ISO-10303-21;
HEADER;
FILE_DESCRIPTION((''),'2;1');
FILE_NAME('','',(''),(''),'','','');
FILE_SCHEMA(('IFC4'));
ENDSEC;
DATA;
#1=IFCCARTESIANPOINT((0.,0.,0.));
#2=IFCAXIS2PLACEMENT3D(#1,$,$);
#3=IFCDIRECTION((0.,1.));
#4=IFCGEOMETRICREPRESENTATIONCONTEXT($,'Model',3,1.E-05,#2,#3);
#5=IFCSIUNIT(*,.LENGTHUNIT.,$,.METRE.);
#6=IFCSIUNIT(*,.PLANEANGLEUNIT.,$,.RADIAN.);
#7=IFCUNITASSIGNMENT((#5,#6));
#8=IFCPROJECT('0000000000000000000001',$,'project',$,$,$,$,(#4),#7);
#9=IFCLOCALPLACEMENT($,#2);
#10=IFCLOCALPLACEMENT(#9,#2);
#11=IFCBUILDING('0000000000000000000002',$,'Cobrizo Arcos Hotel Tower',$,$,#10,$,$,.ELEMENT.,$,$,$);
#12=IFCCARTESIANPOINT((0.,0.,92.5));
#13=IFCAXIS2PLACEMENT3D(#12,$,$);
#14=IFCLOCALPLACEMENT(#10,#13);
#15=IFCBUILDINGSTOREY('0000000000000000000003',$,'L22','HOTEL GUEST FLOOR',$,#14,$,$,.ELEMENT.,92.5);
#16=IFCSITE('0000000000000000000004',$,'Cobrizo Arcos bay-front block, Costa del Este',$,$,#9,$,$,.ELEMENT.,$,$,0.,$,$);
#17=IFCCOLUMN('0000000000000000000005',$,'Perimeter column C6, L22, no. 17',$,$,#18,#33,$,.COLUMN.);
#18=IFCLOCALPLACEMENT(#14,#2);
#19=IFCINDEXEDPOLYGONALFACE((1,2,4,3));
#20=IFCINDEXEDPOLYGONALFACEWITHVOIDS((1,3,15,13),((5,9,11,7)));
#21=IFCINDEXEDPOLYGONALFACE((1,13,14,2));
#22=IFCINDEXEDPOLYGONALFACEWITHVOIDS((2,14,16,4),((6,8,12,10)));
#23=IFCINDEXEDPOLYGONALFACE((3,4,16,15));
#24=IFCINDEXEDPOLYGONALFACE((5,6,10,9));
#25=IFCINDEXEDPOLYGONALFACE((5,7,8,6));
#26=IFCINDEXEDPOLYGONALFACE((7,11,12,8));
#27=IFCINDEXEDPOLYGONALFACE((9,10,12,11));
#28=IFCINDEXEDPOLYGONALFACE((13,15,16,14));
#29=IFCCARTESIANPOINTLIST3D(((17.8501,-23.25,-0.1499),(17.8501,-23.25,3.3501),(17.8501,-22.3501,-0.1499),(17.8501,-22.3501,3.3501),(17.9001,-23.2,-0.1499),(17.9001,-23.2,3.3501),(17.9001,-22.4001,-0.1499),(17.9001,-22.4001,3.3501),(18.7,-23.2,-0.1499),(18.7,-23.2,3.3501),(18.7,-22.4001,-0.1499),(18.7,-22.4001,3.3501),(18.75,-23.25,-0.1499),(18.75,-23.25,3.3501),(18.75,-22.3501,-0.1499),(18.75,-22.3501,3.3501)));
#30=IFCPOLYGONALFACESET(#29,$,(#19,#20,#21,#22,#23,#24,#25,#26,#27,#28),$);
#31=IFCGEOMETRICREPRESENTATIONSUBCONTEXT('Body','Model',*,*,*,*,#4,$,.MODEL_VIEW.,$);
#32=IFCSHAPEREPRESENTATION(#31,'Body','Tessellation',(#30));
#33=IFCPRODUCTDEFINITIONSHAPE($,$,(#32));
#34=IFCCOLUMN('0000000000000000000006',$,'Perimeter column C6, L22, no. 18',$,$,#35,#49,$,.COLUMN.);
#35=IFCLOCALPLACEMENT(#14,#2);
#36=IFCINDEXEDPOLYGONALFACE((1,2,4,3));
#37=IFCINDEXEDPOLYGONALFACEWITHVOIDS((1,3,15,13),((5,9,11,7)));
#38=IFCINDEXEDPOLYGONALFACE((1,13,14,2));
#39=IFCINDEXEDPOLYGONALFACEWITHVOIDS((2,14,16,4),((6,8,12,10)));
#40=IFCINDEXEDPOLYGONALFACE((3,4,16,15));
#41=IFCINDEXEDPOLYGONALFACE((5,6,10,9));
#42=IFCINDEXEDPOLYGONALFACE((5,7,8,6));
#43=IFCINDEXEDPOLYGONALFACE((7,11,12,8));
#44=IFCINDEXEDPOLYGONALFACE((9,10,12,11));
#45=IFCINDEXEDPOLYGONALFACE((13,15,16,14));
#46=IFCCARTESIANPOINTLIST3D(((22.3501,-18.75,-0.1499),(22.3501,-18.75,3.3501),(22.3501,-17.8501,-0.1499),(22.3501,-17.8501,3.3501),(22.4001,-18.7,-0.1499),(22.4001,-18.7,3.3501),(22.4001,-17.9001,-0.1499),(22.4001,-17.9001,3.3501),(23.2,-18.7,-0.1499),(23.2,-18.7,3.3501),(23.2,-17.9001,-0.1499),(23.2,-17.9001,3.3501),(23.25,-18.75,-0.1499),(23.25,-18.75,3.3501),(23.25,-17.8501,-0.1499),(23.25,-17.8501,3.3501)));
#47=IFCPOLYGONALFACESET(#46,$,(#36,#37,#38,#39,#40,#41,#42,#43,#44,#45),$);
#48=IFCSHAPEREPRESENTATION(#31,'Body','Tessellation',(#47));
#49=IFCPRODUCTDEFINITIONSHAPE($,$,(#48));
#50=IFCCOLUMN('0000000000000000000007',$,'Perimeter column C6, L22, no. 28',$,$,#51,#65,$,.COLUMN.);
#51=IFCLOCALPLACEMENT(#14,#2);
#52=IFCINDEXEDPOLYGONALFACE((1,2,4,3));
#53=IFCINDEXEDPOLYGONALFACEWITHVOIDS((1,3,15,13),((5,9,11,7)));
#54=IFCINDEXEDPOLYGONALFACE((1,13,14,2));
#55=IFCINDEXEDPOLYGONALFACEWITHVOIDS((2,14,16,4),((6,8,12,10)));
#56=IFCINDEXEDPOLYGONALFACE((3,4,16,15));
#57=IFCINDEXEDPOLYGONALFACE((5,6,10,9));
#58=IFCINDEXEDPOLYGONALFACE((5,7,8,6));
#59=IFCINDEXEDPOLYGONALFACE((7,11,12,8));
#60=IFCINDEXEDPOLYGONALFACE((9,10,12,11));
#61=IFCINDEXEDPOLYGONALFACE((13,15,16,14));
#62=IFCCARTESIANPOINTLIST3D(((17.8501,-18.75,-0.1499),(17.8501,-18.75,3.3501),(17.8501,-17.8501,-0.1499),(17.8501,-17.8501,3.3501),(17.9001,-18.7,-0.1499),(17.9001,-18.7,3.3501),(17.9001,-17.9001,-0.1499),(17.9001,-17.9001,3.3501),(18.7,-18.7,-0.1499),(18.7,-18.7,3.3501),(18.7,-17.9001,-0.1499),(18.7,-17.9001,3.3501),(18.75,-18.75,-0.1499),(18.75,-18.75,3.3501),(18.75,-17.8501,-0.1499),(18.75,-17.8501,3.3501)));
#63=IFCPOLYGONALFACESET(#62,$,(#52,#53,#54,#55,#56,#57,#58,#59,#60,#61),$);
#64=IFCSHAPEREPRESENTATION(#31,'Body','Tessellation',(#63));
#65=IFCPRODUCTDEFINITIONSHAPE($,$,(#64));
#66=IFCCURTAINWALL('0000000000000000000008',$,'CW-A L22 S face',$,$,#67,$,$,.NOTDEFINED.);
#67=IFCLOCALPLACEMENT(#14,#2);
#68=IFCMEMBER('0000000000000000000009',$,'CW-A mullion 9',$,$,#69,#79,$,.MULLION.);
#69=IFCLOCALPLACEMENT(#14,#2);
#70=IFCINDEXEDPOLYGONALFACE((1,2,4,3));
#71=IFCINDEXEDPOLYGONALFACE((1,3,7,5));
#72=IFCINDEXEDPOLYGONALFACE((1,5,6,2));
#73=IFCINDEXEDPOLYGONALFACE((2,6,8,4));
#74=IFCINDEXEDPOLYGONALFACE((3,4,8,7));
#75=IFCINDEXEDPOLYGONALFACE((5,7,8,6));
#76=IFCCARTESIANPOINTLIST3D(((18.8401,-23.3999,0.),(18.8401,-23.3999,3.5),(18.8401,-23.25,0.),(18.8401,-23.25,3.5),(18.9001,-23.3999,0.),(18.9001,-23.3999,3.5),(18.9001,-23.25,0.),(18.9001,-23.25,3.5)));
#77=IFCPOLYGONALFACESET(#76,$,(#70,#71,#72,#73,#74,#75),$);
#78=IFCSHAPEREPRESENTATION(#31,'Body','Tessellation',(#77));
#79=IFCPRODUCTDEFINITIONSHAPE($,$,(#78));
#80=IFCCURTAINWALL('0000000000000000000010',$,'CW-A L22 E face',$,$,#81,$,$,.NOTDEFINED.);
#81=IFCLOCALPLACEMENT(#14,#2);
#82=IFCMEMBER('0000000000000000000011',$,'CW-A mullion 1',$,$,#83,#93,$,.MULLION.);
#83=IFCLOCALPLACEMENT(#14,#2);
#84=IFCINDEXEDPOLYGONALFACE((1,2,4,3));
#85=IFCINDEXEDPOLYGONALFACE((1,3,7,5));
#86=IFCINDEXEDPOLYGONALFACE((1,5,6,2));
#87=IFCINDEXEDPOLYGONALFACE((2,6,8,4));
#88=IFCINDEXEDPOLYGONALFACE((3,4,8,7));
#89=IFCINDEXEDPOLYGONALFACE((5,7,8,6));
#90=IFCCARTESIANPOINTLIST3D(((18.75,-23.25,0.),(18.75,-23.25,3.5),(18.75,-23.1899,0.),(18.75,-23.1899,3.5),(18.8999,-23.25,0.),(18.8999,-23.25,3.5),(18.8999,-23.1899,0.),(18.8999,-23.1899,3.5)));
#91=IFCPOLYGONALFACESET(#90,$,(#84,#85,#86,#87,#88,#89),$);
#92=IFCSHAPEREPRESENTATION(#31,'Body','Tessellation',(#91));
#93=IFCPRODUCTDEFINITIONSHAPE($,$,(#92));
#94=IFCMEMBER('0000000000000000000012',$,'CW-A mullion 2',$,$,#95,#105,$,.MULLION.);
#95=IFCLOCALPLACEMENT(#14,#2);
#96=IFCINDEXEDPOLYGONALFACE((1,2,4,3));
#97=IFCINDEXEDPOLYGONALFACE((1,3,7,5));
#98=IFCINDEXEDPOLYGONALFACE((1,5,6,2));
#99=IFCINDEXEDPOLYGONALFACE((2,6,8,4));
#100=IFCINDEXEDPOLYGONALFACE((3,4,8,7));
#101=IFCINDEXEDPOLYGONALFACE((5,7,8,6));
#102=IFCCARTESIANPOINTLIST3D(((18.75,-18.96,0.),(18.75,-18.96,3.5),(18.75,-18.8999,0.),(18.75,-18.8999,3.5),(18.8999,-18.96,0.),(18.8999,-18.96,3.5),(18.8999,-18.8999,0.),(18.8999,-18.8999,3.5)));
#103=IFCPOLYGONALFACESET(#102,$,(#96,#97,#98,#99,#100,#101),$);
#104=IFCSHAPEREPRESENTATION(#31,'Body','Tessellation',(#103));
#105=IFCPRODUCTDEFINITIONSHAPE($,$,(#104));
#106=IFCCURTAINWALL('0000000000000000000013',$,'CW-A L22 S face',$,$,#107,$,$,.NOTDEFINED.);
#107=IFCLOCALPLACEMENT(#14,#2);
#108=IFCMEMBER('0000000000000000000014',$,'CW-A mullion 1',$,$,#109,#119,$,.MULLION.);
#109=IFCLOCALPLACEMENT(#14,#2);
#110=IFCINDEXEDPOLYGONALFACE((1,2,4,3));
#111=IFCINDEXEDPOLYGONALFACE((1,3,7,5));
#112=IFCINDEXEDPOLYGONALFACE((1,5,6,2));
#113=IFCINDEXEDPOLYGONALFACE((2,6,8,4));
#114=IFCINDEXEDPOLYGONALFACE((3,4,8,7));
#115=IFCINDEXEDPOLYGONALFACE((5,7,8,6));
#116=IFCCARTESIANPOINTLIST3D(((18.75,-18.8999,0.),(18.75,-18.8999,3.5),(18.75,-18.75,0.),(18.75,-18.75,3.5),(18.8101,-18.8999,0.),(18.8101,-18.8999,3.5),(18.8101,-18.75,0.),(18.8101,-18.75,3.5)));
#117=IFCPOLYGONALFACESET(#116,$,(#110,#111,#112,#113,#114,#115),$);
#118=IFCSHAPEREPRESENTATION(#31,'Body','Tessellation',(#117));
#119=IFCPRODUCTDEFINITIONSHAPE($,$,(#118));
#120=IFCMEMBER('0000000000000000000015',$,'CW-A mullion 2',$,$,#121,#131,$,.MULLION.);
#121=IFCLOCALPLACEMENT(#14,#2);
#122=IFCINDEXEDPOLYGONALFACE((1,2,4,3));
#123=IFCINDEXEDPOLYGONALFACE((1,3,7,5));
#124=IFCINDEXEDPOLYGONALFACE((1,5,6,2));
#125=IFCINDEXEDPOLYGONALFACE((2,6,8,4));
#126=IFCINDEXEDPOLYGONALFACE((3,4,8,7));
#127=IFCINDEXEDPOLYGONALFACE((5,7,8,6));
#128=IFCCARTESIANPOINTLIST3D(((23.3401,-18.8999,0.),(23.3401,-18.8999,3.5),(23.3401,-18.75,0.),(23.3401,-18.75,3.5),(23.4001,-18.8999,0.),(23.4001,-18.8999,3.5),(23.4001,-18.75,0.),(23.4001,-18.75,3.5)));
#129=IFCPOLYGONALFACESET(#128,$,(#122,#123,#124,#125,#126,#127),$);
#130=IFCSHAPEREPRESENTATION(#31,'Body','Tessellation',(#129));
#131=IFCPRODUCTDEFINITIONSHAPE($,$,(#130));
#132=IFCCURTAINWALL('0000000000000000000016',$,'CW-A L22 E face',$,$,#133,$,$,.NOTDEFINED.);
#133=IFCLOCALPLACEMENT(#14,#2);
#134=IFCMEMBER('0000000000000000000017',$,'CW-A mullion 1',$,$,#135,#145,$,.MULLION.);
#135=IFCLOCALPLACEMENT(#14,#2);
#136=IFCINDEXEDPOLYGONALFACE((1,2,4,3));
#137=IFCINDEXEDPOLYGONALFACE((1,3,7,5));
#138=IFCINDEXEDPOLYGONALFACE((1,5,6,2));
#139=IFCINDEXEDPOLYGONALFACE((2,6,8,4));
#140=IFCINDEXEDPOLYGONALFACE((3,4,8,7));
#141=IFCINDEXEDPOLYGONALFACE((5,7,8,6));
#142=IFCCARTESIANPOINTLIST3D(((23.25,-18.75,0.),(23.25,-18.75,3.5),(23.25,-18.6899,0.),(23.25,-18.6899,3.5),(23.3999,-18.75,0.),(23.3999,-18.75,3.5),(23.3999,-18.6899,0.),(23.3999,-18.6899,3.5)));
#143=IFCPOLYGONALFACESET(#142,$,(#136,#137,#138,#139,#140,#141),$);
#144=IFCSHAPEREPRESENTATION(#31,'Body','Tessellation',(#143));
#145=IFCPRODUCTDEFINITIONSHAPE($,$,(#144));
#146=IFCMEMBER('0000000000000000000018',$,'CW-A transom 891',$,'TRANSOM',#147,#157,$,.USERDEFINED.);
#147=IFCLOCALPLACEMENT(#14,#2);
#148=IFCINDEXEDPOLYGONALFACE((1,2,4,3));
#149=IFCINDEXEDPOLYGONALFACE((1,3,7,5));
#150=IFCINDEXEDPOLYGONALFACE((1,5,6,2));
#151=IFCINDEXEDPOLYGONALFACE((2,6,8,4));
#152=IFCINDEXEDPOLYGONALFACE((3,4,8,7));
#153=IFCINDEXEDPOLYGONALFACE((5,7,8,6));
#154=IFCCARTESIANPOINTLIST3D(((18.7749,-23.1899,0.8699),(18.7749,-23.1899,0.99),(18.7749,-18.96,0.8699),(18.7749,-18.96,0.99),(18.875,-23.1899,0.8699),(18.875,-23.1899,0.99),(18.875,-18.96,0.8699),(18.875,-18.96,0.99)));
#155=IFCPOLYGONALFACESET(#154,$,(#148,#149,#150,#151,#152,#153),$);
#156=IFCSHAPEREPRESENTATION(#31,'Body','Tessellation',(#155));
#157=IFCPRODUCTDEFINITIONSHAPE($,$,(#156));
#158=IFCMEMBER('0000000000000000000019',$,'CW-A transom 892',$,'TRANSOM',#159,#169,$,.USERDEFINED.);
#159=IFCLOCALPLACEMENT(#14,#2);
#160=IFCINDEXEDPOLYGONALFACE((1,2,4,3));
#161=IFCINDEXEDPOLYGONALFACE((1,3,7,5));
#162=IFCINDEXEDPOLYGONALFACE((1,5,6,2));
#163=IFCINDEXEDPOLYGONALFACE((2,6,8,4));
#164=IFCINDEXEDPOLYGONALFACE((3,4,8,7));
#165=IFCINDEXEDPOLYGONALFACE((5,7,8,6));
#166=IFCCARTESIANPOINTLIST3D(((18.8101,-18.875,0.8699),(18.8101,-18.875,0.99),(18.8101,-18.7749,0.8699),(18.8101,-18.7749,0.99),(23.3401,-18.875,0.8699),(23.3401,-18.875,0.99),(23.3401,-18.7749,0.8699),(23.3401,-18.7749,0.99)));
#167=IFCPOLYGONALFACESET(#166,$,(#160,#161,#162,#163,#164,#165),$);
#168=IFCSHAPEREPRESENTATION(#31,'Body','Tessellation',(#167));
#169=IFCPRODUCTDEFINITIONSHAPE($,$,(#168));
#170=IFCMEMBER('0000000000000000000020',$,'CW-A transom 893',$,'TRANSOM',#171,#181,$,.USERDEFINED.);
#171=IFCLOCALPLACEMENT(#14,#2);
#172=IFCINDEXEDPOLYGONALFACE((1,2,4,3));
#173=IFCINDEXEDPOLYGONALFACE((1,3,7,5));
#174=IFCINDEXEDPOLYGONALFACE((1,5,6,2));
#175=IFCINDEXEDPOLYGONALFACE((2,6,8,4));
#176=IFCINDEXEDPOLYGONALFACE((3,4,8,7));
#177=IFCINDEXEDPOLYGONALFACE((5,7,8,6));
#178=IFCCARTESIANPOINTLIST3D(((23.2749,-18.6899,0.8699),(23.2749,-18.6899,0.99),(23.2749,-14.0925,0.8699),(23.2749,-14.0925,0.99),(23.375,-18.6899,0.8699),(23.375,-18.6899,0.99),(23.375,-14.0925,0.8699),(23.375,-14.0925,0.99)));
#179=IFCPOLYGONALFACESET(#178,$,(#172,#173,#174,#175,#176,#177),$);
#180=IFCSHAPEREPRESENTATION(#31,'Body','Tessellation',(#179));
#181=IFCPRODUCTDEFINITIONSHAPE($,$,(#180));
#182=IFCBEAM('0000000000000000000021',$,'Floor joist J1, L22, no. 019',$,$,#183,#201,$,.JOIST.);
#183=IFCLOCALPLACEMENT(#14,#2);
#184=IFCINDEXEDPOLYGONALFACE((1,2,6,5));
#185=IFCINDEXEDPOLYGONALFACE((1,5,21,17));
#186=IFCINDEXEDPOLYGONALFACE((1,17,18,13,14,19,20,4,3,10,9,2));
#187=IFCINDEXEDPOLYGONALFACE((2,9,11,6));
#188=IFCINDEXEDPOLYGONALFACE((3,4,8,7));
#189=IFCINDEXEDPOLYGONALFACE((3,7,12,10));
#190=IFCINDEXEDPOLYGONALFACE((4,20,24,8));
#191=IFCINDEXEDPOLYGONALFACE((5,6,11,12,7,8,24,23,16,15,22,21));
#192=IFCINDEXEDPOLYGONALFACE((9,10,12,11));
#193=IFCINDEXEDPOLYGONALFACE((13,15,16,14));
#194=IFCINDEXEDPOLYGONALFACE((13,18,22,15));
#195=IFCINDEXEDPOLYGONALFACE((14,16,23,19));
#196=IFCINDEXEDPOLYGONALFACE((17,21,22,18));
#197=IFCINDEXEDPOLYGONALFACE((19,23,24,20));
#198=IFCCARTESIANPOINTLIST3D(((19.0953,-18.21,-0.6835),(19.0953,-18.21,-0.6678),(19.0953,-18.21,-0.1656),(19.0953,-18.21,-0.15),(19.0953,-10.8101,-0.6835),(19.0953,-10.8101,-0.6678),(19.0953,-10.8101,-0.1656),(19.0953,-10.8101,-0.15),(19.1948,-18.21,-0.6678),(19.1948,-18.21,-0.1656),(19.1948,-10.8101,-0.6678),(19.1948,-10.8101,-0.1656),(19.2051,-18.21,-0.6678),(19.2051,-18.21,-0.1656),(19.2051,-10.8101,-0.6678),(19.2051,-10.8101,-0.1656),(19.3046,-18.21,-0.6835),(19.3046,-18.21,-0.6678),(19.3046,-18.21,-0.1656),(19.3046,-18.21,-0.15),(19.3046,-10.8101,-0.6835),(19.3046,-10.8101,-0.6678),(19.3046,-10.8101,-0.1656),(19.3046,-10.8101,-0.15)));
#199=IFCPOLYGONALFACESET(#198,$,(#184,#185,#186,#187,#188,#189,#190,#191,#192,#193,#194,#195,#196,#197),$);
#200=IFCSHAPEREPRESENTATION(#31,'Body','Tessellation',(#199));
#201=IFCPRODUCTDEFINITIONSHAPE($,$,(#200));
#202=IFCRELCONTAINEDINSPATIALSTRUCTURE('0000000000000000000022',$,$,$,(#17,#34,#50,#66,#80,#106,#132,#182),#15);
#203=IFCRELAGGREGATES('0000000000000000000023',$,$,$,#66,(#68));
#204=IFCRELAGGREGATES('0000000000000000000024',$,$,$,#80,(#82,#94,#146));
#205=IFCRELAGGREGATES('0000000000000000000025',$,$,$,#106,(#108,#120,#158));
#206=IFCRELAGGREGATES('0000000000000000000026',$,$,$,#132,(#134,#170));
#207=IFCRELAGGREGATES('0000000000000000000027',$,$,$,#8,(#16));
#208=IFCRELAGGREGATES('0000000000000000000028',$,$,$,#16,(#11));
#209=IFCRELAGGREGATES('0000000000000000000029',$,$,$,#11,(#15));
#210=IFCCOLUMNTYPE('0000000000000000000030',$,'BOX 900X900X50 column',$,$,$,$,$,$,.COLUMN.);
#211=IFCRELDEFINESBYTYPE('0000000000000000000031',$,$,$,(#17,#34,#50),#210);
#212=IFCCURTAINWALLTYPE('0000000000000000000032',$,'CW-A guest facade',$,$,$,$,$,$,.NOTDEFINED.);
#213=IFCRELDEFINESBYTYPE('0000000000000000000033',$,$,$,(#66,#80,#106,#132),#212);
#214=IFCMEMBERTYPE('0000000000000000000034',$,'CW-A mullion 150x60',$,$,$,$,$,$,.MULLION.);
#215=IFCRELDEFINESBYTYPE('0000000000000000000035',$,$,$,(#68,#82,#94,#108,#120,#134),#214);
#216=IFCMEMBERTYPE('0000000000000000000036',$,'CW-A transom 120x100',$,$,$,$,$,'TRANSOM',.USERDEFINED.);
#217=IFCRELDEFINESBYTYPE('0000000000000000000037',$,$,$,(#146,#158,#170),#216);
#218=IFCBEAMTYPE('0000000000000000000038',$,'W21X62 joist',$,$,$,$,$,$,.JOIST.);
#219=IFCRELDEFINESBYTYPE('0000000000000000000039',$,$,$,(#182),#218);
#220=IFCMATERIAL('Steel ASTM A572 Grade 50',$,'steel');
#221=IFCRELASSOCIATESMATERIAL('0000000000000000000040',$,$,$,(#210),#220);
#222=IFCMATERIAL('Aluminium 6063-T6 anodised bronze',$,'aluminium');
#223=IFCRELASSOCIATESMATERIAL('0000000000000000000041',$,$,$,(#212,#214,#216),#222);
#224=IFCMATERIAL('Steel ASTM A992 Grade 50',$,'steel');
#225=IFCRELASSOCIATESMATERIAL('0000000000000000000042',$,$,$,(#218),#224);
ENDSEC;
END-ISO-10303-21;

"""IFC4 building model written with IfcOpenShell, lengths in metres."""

from ifc_helpers import new_model, si_unit, direction, frame, origin, origin_2d, place, context, subcontext, project, spatial, rectangle, hollow_rectangle, i_section, extrude, material, material_profile, profile_set, type_object, element, aggregate, save


model = new_model("IFC4")

# Units and contexts
model_context = context("Model", 3, precision=1e-05, world=origin(), true_north=direction((0.0, 1.0)))
body_context = subcontext(model_context, "Body", "Model", "MODEL_VIEW")
ifc_project = project(units=[si_unit("LENGTHUNIT", "METRE"), si_unit("PLANEANGLEUNIT", "RADIAN")], contexts=[model_context])

# Site, building, storey
site_placement = place(None, origin())
site = spatial("IfcSite", under=ifc_project, at=site_placement, Name="Cobrizo Arcos bay-front block, Costa del Este", CompositionType="ELEMENT", RefElevation=0.0)
building_placement = place(site_placement, origin())
building = spatial("IfcBuilding", under=site, at=building_placement, Name="Cobrizo Arcos Hotel Tower", CompositionType="ELEMENT")
storey_placement = place(building_placement, frame((0.0, 0.0, 92.5)))
storey = spatial("IfcBuildingStorey", under=building, at=storey_placement, Name="L22", Description="HOTEL GUEST FLOOR", CompositionType="ELEMENT", Elevation=92.5)

# Columns
ifc_material_1 = material(Name="Steel ASTM A572 Grade 50", Category="steel")
ifc_material_profile_1 = material_profile(ifc_material_1, hollow_rectangle(XDim=0.8999, YDim=0.8999, WallThickness=0.05, at=origin_2d()), Name="BOX 900X900X50")
ifc_profile_set_1 = profile_set([ifc_material_profile_1], Name="Steel ASTM A572 Grade 50")
column_type = type_object("IfcColumnType", Name="BOX 900X900X50 column", PredefinedType="COLUMN", material=ifc_profile_set_1)
for number, where, z_axis, x_axis, name in (
    (1, (18.3, -22.8, -0.1499), (0.0, 0.0, 1.0), (1.0, 0.0, 0.0), "Perimeter column C6, L22, no. 17"),
    (2, (22.8, -18.3, -0.1499), (0.0, 0.0, 1.0), (1.0, 0.0, 0.0), "Perimeter column C6, L22, no. 18"),
    (3, (18.3, -18.3, -0.1499), (0.0, 0.0, 1.0), (1.0, 0.0, 0.0), "Perimeter column C6, L22, no. 28"),
):
    element("IfcColumn", number, at=place(storey_placement, frame(where, z_axis=z_axis, x_axis=x_axis)), inside=storey, type_object=column_type, Name=name, PredefinedType="COLUMN", context=body_context, shape_type="SweptSolid", body=[
        extrude(hollow_rectangle(XDim=0.8999, YDim=0.8999, WallThickness=0.05, at=origin_2d()), origin(), (0.0, 0.0, 1.0), 3.5),
    ])

# Curtain wall, member
ifc_material_2 = material(Name="Aluminium 6063-T6 anodised bronze", Category="aluminium")
curtain_wall_type = type_object("IfcCurtainWallType", Name="CW-A guest facade", PredefinedType="NOTDEFINED", material=ifc_material_2)
curtain_wall_1_placement = place(storey_placement, origin())
curtain_wall_1 = element("IfcCurtainWall", 4, at=curtain_wall_1_placement, inside=storey, type_object=curtain_wall_type, Name="CW-A L22 S face", PredefinedType="NOTDEFINED")
ifc_material_profile_2 = material_profile(ifc_material_2, rectangle(XDim=0.1499, YDim=0.0601, at=origin_2d()), Name="CW-A mullion 150x60")
ifc_profile_set_2 = profile_set([ifc_material_profile_2], Name="Aluminium 6063-T6 anodised bronze")
member_type_1 = type_object("IfcMemberType", Name="CW-A mullion 150x60", PredefinedType="MULLION", material=ifc_profile_set_2)
member_1_placement = place(storey_placement, frame((18.8701, -23.325, 0.0), z_axis=(0.0, 0.0, 1.0), x_axis=(0.0, -1.0, 0.0)))
member_1 = element("IfcMember", 5, at=member_1_placement, type_object=member_type_1, Name="CW-A mullion 9", PredefinedType="MULLION", context=body_context, shape_type="SweptSolid", body=[
    extrude(rectangle(XDim=0.1499, YDim=0.0601, at=origin_2d()), origin(), (0.0, 0.0, 1.0), 3.5),
])

# Curtain walls, members
curtain_wall_2_placement = place(storey_placement, origin())
curtain_wall_2 = element("IfcCurtainWall", 6, at=curtain_wall_2_placement, inside=storey, type_object=curtain_wall_type, Name="CW-A L22 E face", PredefinedType="NOTDEFINED")
member_2_placement = place(storey_placement, frame((18.825, -23.22, 0.0), z_axis=(0.0, 0.0, 1.0), x_axis=(1.0, 0.0, 0.0)))
member_2 = element("IfcMember", 7, at=member_2_placement, type_object=member_type_1, Name="CW-A mullion 1", PredefinedType="MULLION", context=body_context, shape_type="SweptSolid", body=[
    extrude(rectangle(XDim=0.1499, YDim=0.0601, at=origin_2d()), origin(), (0.0, 0.0, 1.0), 3.5),
])
member_3_placement = place(storey_placement, frame((18.825, -18.9299, 0.0), z_axis=(0.0, 0.0, 1.0), x_axis=(1.0, 0.0, 0.0)))
member_3 = element("IfcMember", 8, at=member_3_placement, type_object=member_type_1, Name="CW-A mullion 2", PredefinedType="MULLION", context=body_context, shape_type="SweptSolid", body=[
    extrude(rectangle(XDim=0.1499, YDim=0.0601, at=origin_2d()), origin(), (0.0, 0.0, 1.0), 3.5),
])
curtain_wall_3_placement = place(storey_placement, origin())
curtain_wall_3 = element("IfcCurtainWall", 9, at=curtain_wall_3_placement, inside=storey, type_object=curtain_wall_type, Name="CW-A L22 S face", PredefinedType="NOTDEFINED")
member_4_placement = place(storey_placement, frame((18.78, -18.825, 0.0), z_axis=(0.0, 0.0, 1.0), x_axis=(0.0, -1.0, 0.0)))
member_4 = element("IfcMember", 10, at=member_4_placement, type_object=member_type_1, Name="CW-A mullion 1", PredefinedType="MULLION", context=body_context, shape_type="SweptSolid", body=[
    extrude(rectangle(XDim=0.1499, YDim=0.0601, at=origin_2d()), origin(), (0.0, 0.0, 1.0), 3.5),
])
member_5_placement = place(storey_placement, frame((23.3701, -18.825, 0.0), z_axis=(0.0, 0.0, 1.0), x_axis=(0.0, -1.0, 0.0)))
member_5 = element("IfcMember", 11, at=member_5_placement, type_object=member_type_1, Name="CW-A mullion 2", PredefinedType="MULLION", context=body_context, shape_type="SweptSolid", body=[
    extrude(rectangle(XDim=0.1499, YDim=0.0601, at=origin_2d()), origin(), (0.0, 0.0, 1.0), 3.5),
])

# Curtain wall, member
curtain_wall_4_placement = place(storey_placement, origin())
curtain_wall_4 = element("IfcCurtainWall", 12, at=curtain_wall_4_placement, inside=storey, type_object=curtain_wall_type, Name="CW-A L22 E face", PredefinedType="NOTDEFINED")
member_6_placement = place(storey_placement, frame((23.325, -18.72, 0.0), z_axis=(0.0, 0.0, 1.0), x_axis=(1.0, 0.0, 0.0)))
member_6 = element("IfcMember", 13, at=member_6_placement, type_object=member_type_1, Name="CW-A mullion 1", PredefinedType="MULLION", context=body_context, shape_type="SweptSolid", body=[
    extrude(rectangle(XDim=0.1499, YDim=0.0601, at=origin_2d()), origin(), (0.0, 0.0, 1.0), 3.5),
])

# Members
ifc_material_profile_3 = material_profile(ifc_material_2, rectangle(XDim=0.1001, YDim=0.1201, at=origin_2d()), Name="CW-A transom 120x100")
ifc_profile_set_3 = profile_set([ifc_material_profile_3], Name="Aluminium 6063-T6 anodised bronze")
member_type_2 = type_object("IfcMemberType", Name="CW-A transom 120x100", ElementType="TRANSOM", PredefinedType="USERDEFINED", material=ifc_profile_set_3)
member_7_placement = place(storey_placement, frame((18.825, -23.1899, 0.9299), z_axis=(0.0, 1.0, 0.0), x_axis=(-1.0, 0.0, 0.0)))
member_7 = element("IfcMember", 14, at=member_7_placement, type_object=member_type_2, Name="CW-A transom 891", ObjectType="TRANSOM", PredefinedType="USERDEFINED", context=body_context, shape_type="SweptSolid", body=[
    extrude(rectangle(XDim=0.1001, YDim=0.1201, at=origin_2d()), origin(), (0.0, 0.0, 1.0), 4.23),
])
member_8_placement = place(storey_placement, frame((18.8101, -18.825, 0.9299), z_axis=(1.0, 0.0, 0.0), x_axis=(0.0, 1.0, 0.0)))
member_8 = element("IfcMember", 15, at=member_8_placement, type_object=member_type_2, Name="CW-A transom 892", ObjectType="TRANSOM", PredefinedType="USERDEFINED", context=body_context, shape_type="SweptSolid", body=[
    extrude(rectangle(XDim=0.1001, YDim=0.1201, at=origin_2d()), origin(), (0.0, 0.0, 1.0), 4.53),
])
member_9_placement = place(storey_placement, frame((23.325, -18.6899, 0.9299), z_axis=(0.0, 1.0, 0.0), x_axis=(-1.0, 0.0, 0.0)))
member_9 = element("IfcMember", 16, at=member_9_placement, type_object=member_type_2, Name="CW-A transom 893", ObjectType="TRANSOM", PredefinedType="USERDEFINED", context=body_context, shape_type="SweptSolid", body=[
    extrude(rectangle(XDim=0.1001, YDim=0.1201, at=origin_2d()), origin(), (0.0, 0.0, 1.0), 4.5974),
])

# Beam
ifc_material_3 = material(Name="Steel ASTM A992 Grade 50", Category="steel")
ifc_material_profile_4 = material_profile(ifc_material_3, i_section(OverallWidth=0.2092, OverallDepth=0.5334, WebThickness=0.0103, FlangeThickness=0.0156, at=origin_2d()), Name="W21X62")
ifc_profile_set_4 = profile_set([ifc_material_profile_4], Name="Steel ASTM A992 Grade 50")
beam_type_1 = type_object("IfcBeamType", Name="W21X62 joist", PredefinedType="JOIST", material=ifc_profile_set_4)
beam_1_placement = place(storey_placement, frame((19.2, -18.21, -0.4167), z_axis=(0.0, 1.0, 0.0), x_axis=(-1.0, 0.0, 0.0)))
element("IfcBeam", 17, at=beam_1_placement, inside=storey, type_object=beam_type_1, Name="Floor joist J1, L22, no. 019", PredefinedType="JOIST", context=body_context, shape_type="SweptSolid", body=[
    extrude(i_section(OverallWidth=0.2092, OverallDepth=0.5334, WebThickness=0.0103, FlangeThickness=0.0156, at=origin_2d()), origin(), (0.0, 0.0, 1.0), 7.3999),
])

aggregate(curtain_wall_1, [member_1])
aggregate(curtain_wall_2, [member_2, member_3, member_7])
aggregate(curtain_wall_3, [member_4, member_5, member_8])
aggregate(curtain_wall_4, [member_6, member_9])

save(model, "model.ifc")
